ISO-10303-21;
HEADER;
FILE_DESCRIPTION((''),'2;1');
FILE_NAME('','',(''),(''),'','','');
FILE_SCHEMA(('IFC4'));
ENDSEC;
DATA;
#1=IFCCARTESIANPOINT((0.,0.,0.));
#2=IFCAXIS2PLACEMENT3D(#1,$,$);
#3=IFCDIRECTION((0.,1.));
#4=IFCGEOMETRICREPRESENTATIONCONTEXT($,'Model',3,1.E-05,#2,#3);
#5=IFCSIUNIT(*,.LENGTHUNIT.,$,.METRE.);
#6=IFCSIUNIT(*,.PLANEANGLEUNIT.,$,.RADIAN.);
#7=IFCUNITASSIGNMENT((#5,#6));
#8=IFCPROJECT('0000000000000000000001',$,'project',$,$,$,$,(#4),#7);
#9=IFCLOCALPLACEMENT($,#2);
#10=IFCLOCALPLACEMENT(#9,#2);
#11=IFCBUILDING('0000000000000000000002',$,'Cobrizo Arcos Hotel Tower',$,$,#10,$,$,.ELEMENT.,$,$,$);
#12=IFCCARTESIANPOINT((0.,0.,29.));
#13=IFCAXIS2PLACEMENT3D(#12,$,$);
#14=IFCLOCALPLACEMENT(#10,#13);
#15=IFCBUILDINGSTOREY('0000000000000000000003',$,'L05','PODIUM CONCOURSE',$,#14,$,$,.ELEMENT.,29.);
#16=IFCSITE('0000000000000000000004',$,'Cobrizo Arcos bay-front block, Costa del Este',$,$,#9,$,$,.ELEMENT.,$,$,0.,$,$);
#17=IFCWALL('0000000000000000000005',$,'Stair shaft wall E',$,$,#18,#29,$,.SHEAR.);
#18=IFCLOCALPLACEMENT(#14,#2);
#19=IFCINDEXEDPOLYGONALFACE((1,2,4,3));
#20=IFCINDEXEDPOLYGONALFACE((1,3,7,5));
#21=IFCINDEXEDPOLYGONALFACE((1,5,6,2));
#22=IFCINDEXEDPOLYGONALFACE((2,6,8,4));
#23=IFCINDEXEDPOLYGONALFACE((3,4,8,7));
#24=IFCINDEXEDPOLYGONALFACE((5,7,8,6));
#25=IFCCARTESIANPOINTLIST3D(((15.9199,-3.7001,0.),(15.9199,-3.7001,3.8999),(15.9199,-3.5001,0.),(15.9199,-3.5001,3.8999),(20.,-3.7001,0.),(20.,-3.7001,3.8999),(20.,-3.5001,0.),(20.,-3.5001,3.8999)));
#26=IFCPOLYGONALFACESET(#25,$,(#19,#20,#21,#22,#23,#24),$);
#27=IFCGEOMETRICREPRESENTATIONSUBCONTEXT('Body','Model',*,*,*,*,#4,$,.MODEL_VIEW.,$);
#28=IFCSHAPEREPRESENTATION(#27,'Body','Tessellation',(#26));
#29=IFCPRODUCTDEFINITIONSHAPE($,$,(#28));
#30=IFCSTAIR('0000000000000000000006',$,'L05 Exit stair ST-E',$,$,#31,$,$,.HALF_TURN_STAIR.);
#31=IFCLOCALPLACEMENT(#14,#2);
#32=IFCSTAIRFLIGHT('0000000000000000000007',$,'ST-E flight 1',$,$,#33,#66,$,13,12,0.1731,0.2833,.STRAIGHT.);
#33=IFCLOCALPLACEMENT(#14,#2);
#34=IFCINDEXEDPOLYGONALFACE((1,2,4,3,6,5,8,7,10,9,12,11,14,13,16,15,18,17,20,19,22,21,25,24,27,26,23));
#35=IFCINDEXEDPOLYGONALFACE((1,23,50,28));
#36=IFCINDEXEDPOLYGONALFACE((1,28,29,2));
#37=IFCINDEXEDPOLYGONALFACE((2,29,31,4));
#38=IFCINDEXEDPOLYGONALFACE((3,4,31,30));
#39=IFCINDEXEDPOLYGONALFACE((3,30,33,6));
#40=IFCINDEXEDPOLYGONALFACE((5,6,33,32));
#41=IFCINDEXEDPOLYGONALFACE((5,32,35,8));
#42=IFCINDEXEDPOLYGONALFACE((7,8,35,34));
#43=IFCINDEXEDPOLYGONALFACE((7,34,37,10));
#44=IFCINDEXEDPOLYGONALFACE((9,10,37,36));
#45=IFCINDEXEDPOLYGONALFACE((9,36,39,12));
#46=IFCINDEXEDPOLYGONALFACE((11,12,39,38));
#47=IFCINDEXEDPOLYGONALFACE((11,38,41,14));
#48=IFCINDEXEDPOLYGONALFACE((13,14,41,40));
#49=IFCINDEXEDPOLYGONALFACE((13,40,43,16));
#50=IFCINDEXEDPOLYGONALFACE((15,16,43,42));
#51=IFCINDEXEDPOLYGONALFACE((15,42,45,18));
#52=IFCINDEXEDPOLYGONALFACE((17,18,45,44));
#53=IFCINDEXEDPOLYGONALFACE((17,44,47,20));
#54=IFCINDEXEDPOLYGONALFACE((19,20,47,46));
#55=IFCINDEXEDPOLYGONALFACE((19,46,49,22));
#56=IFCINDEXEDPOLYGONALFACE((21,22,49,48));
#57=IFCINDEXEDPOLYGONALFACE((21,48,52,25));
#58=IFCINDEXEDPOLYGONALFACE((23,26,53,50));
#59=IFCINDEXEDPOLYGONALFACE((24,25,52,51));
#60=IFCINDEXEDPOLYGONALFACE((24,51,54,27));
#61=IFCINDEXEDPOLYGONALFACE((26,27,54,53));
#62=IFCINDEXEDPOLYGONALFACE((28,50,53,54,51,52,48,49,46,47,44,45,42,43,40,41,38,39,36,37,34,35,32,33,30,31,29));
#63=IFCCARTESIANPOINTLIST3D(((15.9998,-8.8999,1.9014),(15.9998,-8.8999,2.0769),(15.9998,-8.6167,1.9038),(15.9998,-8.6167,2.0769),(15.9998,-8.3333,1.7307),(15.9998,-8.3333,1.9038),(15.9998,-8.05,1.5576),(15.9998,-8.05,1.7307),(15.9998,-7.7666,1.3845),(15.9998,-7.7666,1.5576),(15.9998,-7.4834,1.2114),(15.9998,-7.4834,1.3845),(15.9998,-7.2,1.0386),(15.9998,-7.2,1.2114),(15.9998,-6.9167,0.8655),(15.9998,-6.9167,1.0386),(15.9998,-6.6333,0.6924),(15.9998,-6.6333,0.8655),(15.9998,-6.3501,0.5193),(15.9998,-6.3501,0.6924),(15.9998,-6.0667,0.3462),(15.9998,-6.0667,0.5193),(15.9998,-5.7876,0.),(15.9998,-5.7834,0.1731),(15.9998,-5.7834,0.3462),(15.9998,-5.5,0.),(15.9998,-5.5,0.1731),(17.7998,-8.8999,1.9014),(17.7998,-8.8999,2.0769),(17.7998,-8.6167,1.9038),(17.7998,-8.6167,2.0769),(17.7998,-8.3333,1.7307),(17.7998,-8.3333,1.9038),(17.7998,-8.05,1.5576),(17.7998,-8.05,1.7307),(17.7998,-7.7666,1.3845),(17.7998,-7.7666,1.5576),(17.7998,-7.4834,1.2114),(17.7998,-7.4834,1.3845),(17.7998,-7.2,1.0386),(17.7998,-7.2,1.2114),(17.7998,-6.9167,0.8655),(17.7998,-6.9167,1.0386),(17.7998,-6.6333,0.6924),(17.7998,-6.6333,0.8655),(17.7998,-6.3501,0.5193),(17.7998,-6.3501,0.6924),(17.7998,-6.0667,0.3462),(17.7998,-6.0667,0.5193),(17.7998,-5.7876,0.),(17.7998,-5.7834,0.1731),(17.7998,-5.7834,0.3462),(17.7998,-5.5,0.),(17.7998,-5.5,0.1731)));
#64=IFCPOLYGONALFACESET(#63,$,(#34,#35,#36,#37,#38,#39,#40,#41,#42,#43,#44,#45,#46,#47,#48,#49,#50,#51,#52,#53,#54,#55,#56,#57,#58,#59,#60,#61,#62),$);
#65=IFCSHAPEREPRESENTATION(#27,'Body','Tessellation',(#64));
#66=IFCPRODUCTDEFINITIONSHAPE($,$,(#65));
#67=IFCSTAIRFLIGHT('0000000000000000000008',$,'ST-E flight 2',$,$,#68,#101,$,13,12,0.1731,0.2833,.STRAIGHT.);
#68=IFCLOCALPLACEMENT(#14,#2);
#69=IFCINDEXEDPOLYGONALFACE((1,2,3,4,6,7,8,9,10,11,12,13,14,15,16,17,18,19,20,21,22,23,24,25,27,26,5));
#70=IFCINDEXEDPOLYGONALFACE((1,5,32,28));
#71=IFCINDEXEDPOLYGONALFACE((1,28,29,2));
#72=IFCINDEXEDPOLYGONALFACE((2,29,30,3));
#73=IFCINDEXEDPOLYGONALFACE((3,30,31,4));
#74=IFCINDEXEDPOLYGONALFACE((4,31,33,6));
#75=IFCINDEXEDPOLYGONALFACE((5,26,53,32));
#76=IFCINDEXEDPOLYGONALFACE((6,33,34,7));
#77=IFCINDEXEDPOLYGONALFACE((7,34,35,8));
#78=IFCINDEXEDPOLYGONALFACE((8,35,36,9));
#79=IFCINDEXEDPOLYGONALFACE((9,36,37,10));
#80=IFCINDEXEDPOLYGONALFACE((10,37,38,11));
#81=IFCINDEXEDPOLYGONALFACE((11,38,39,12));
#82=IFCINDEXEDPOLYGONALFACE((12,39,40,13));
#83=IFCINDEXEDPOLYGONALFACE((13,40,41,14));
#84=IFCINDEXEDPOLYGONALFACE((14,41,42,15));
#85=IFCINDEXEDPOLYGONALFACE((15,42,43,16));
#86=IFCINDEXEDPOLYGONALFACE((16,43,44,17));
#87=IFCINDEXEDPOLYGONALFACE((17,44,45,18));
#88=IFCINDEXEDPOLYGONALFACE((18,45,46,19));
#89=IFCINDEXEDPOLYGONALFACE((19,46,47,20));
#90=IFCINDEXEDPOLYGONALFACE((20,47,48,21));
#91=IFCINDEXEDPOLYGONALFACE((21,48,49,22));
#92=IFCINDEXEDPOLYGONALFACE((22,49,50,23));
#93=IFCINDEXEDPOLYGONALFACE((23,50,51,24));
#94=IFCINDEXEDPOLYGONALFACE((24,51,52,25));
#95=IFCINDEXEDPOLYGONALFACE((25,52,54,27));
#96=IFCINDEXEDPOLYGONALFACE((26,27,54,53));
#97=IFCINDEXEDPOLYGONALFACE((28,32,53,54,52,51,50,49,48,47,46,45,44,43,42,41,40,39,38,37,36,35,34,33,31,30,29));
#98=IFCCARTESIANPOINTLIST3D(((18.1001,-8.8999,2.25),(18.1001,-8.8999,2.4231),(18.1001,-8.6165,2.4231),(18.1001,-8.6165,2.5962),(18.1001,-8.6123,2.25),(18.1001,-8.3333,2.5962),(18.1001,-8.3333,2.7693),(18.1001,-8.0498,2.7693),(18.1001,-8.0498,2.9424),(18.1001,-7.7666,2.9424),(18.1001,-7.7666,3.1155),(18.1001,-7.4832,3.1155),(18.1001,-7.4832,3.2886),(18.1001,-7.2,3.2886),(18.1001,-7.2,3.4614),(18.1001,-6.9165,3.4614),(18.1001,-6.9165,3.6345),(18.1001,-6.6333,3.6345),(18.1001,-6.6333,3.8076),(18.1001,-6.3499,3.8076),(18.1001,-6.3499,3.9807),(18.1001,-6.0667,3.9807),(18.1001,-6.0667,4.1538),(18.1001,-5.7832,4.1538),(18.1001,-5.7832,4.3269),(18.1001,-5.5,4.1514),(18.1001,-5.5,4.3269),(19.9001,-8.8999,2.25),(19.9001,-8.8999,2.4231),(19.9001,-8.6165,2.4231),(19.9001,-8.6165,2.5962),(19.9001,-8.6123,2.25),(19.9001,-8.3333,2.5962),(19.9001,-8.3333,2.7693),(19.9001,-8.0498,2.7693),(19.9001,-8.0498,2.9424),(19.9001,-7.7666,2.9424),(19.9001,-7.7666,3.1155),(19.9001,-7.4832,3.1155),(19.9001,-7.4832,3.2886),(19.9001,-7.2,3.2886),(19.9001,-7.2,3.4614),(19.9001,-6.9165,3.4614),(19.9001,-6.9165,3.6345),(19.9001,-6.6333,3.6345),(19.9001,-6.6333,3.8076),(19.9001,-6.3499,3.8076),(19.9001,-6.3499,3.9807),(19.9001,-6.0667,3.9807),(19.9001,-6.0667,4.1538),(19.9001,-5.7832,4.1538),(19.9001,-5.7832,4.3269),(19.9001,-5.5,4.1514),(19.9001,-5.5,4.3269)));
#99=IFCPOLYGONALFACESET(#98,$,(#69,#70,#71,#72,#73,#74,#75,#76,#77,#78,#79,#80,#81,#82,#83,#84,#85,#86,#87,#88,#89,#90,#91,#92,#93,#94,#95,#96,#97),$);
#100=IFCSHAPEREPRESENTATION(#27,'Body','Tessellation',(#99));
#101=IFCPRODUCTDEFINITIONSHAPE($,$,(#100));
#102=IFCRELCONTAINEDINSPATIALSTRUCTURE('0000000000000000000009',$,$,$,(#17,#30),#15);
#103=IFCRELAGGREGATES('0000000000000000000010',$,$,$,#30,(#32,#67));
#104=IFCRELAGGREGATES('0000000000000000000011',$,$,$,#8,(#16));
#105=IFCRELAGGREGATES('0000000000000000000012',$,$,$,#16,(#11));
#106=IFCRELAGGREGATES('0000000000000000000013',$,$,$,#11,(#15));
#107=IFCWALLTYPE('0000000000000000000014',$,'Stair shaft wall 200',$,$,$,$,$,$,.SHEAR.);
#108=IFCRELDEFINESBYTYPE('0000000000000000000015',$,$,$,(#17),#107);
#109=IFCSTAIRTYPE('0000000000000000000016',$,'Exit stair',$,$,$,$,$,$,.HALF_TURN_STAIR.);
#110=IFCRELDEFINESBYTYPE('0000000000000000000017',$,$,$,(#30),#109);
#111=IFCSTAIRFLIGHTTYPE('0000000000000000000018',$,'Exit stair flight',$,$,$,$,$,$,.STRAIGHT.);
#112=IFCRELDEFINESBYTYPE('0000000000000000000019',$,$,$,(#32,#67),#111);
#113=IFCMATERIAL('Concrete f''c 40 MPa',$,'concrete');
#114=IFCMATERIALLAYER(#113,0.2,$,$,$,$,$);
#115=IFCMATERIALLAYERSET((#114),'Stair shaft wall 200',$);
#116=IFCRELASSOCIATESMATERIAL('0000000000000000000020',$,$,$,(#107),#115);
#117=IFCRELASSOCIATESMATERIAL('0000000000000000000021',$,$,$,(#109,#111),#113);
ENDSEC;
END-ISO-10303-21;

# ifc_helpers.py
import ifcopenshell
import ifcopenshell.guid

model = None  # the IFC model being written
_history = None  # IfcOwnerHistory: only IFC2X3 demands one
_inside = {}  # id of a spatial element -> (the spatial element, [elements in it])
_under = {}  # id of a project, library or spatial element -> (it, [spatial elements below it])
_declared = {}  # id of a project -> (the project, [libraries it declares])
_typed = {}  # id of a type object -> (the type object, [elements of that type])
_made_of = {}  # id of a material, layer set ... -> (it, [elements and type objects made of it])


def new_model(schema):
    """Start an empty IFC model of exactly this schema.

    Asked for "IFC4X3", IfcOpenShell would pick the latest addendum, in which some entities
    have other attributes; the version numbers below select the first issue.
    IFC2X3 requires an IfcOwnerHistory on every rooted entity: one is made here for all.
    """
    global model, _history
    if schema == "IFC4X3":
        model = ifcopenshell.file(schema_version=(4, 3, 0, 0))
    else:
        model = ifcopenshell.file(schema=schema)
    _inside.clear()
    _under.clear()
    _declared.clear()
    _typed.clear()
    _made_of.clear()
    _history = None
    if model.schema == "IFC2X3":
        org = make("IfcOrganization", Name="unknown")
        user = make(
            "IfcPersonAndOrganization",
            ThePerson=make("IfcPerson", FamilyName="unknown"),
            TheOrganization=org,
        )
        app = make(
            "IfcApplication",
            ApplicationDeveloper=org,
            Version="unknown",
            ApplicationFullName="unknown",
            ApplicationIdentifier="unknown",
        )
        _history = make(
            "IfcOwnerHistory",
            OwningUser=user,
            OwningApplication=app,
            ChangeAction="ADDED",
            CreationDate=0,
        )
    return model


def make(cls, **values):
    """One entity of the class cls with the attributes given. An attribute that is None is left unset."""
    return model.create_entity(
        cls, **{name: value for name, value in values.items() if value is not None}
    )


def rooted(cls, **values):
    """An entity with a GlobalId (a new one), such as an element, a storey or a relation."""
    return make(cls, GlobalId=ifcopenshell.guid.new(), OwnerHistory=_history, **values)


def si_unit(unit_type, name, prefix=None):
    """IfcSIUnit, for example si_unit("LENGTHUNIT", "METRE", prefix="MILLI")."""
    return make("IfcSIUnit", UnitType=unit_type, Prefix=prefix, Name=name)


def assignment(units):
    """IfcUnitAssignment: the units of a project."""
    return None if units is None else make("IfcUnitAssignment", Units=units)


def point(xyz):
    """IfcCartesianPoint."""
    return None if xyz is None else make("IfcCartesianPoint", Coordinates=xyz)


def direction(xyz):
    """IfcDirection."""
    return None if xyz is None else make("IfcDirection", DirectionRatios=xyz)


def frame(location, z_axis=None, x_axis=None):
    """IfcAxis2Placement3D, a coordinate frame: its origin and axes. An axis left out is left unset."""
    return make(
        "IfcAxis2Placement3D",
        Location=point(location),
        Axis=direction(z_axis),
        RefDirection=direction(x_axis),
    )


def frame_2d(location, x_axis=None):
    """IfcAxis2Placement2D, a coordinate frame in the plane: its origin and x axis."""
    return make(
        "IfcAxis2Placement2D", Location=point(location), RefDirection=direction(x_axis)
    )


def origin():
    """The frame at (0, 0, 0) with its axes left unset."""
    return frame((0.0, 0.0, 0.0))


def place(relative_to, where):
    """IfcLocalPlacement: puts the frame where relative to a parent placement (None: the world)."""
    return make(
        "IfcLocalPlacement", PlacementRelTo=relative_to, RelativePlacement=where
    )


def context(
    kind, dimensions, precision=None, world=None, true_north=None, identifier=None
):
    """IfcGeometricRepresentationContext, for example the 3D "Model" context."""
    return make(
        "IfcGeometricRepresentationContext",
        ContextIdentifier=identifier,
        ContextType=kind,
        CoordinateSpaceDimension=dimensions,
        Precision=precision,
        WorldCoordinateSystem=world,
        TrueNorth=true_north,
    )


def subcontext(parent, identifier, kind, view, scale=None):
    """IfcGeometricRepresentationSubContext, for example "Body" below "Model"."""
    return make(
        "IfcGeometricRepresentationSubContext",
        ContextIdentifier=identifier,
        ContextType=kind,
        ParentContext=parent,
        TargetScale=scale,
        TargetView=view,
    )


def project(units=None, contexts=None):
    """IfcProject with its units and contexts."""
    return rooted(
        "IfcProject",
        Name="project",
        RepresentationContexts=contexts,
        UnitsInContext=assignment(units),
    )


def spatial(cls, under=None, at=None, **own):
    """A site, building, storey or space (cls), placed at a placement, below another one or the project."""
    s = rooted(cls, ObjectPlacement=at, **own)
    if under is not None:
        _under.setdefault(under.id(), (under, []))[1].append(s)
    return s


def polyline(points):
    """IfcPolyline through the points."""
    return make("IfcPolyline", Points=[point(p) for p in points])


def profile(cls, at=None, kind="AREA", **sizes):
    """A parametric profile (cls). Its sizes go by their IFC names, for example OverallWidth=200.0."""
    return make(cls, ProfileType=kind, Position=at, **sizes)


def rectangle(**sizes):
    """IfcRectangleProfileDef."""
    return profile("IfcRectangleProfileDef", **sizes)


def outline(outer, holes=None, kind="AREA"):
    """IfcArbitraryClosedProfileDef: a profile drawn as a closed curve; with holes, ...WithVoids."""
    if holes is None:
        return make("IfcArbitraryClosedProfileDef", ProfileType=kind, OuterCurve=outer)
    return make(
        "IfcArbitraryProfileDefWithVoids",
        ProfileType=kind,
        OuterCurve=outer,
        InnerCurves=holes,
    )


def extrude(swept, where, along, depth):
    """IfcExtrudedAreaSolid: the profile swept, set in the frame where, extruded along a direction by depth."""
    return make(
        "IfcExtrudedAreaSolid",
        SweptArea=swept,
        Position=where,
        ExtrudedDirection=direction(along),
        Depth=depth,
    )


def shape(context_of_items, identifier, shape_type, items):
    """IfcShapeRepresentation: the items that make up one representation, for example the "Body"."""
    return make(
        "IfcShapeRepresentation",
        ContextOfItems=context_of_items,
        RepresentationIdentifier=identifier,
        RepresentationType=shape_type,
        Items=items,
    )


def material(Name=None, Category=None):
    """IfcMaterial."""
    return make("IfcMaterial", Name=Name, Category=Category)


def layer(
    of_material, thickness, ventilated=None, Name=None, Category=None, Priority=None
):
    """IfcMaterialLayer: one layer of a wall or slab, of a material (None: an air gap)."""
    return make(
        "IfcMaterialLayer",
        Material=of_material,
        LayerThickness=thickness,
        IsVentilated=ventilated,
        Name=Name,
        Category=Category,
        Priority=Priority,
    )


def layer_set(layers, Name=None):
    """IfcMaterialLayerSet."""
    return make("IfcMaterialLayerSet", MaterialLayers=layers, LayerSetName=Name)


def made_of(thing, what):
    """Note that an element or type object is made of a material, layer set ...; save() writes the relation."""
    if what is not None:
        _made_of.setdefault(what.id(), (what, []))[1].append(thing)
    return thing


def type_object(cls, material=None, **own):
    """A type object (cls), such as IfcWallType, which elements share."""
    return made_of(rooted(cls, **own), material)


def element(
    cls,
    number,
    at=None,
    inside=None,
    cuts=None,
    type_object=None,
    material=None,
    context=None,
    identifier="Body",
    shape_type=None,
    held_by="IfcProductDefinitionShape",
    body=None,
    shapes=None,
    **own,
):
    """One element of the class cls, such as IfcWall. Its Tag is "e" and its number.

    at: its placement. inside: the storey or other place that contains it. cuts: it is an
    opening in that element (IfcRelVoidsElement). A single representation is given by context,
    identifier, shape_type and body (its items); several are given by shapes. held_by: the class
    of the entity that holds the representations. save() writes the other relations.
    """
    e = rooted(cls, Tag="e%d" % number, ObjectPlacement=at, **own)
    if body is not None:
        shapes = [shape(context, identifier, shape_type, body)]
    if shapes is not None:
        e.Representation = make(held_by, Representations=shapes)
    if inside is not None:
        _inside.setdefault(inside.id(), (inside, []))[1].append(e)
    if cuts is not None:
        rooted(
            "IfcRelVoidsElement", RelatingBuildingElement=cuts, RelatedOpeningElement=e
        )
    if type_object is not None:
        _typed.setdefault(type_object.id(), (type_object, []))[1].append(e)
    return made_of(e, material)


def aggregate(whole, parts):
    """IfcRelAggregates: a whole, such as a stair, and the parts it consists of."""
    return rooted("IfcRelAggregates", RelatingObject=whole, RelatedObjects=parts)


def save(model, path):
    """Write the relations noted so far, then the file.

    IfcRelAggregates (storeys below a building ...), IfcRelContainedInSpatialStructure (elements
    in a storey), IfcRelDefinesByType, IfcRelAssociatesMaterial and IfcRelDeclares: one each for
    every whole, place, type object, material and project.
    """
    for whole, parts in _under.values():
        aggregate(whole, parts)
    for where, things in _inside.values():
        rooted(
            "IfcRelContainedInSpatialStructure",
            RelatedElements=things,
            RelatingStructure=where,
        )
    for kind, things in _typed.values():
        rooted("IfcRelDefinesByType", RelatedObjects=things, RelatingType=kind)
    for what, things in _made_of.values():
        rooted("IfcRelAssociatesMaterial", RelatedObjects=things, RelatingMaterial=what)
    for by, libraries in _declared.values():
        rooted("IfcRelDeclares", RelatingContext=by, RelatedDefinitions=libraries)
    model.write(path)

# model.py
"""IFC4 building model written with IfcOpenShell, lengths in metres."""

from ifc_helpers import new_model, si_unit, direction, frame, frame_2d, origin, place, context, subcontext, project, spatial, polyline, rectangle, outline, extrude, material, layer, layer_set, type_object, element, aggregate, save


model = new_model("IFC4")

# Units and contexts
model_context = context("Model", 3, precision=1e-05, world=origin(), true_north=direction((0.0, 1.0)))
body_context = subcontext(model_context, "Body", "Model", "MODEL_VIEW")
ifc_project = project(units=[si_unit("LENGTHUNIT", "METRE"), si_unit("PLANEANGLEUNIT", "RADIAN")], contexts=[model_context])

# Site, building, storey
site_placement = place(None, origin())
site = spatial("IfcSite", under=ifc_project, at=site_placement, Name="Cobrizo Arcos bay-front block, Costa del Este", CompositionType="ELEMENT", RefElevation=0.0)
building_placement = place(site_placement, origin())
building = spatial("IfcBuilding", under=site, at=building_placement, Name="Cobrizo Arcos Hotel Tower", CompositionType="ELEMENT")
storey_placement = place(building_placement, frame((0.0, 0.0, 29.0)))
storey = spatial("IfcBuildingStorey", under=building, at=storey_placement, Name="L05", Description="PODIUM CONCOURSE", CompositionType="ELEMENT", Elevation=29.0)

# Wall
ifc_material_1 = material(Name="Concrete f'c 40 MPa", Category="concrete")
ifc_layer_1 = layer(ifc_material_1, 0.2)
ifc_layer_set_1 = layer_set([ifc_layer_1], Name="Stair shaft wall 200")
wall_type_1 = type_object("IfcWallType", Name="Stair shaft wall 200", PredefinedType="SHEAR", material=ifc_layer_set_1)
wall_1_placement = place(storey_placement, frame((15.9199, -3.6001, 0.0), z_axis=(0.0, 0.0, 1.0), x_axis=(1.0, 0.0, 0.0)))
element("IfcWall", 1, at=wall_1_placement, inside=storey, type_object=wall_type_1, Name="Stair shaft wall E", PredefinedType="SHEAR", context=body_context, shape_type="SweptSolid", body=[
    extrude(rectangle(XDim=4.0801, YDim=0.2, at=frame_2d((2.04, 0.0))), origin(), (0.0, 0.0, 1.0), 3.8999),
])

# Stair, stair flights
stair_type = type_object("IfcStairType", Name="Exit stair", PredefinedType="HALF_TURN_STAIR", material=ifc_material_1)
stair_placement = place(storey_placement, origin())
stair = element("IfcStair", 2, at=stair_placement, inside=storey, type_object=stair_type, Name="L05 Exit stair ST-E", PredefinedType="HALF_TURN_STAIR")
stair_flight_type = type_object("IfcStairFlightType", Name="Exit stair flight", PredefinedType="STRAIGHT", material=ifc_material_1)
stair_flight_1_placement = place(storey_placement, frame((16.8999, -5.5, 0.0), z_axis=(0.0, 0.0, 1.0), x_axis=(0.0, -1.0, 0.0)))
stair_flight_1 = element("IfcStairFlight", 3, at=stair_flight_1_placement, type_object=stair_flight_type, Name="ST-E flight 1", NumberOfRisers=13, NumberOfTreads=12, PredefinedType="STRAIGHT", RiserHeight=0.1731, TreadLength=0.2833, context=body_context, shape_type="SweptSolid", body=[
    extrude(outline(polyline([(0.0, 0.0), (0.0, 0.1731), (0.2834, 0.1731), (0.2834, 0.3462), (0.5667, 0.3462), (0.5667, 0.5193), (0.8501, 0.5193), (0.8501, 0.6924), (1.1333, 0.6924), (1.1333, 0.8655), (1.4167, 0.8655), (1.4167, 1.0386), (1.7, 1.0386), (1.7, 1.2114), (1.9834, 1.2114), (1.9834, 1.3845), (2.2666, 1.3845), (2.2666, 1.5576), (2.55, 1.5576), (2.55, 1.7307), (2.8333, 1.7307), (2.8333, 1.9038), (3.1167, 1.9038), (3.1167, 2.0769), (3.3999, 2.0769), (3.3999, 2.25), (3.3999, 1.9014), (0.2876, 0.0), (0.0, 0.0)])), frame((0.0, 0.8999, 0.0), z_axis=(0.0, -1.0, 0.0), x_axis=(1.0, 0.0, 0.0)), (0.0, 0.0, 1.0), 1.8),
])
stair_flight_2_placement = place(storey_placement, frame((19.0, -8.8999, 2.25), z_axis=(0.0, 0.0, 1.0), x_axis=(0.0, 1.0, 0.0)))
stair_flight_2 = element("IfcStairFlight", 4, at=stair_flight_2_placement, type_object=stair_flight_type, Name="ST-E flight 2", NumberOfRisers=13, NumberOfTreads=12, PredefinedType="STRAIGHT", RiserHeight=0.1731, TreadLength=0.2833, context=body_context, shape_type="SweptSolid", body=[
    extrude(outline(polyline([(0.0, 0.0), (0.0, 0.1731), (0.2834, 0.1731), (0.2834, 0.3462), (0.5667, 0.3462), (0.5667, 0.5193), (0.8501, 0.5193), (0.8501, 0.6924), (1.1333, 0.6924), (1.1333, 0.8655), (1.4167, 0.8655), (1.4167, 1.0386), (1.7, 1.0386), (1.7, 1.2114), (1.9834, 1.2114), (1.9834, 1.3845), (2.2666, 1.3845), (2.2666, 1.5576), (2.55, 1.5576), (2.55, 1.7307), (2.8333, 1.7307), (2.8333, 1.9038), (3.1167, 1.9038), (3.1167, 2.0769), (3.3999, 2.0769), (3.3999, 2.25), (3.3999, 1.9014), (0.2876, 0.0), (0.0, 0.0)])), frame((0.0, 0.8999, 0.0), z_axis=(0.0, -1.0, 0.0), x_axis=(1.0, 0.0, 0.0)), (0.0, 0.0, 1.0), 1.8),
])
aggregate(stair, [stair_flight_1, stair_flight_2])

save(model, "model.ifc")
